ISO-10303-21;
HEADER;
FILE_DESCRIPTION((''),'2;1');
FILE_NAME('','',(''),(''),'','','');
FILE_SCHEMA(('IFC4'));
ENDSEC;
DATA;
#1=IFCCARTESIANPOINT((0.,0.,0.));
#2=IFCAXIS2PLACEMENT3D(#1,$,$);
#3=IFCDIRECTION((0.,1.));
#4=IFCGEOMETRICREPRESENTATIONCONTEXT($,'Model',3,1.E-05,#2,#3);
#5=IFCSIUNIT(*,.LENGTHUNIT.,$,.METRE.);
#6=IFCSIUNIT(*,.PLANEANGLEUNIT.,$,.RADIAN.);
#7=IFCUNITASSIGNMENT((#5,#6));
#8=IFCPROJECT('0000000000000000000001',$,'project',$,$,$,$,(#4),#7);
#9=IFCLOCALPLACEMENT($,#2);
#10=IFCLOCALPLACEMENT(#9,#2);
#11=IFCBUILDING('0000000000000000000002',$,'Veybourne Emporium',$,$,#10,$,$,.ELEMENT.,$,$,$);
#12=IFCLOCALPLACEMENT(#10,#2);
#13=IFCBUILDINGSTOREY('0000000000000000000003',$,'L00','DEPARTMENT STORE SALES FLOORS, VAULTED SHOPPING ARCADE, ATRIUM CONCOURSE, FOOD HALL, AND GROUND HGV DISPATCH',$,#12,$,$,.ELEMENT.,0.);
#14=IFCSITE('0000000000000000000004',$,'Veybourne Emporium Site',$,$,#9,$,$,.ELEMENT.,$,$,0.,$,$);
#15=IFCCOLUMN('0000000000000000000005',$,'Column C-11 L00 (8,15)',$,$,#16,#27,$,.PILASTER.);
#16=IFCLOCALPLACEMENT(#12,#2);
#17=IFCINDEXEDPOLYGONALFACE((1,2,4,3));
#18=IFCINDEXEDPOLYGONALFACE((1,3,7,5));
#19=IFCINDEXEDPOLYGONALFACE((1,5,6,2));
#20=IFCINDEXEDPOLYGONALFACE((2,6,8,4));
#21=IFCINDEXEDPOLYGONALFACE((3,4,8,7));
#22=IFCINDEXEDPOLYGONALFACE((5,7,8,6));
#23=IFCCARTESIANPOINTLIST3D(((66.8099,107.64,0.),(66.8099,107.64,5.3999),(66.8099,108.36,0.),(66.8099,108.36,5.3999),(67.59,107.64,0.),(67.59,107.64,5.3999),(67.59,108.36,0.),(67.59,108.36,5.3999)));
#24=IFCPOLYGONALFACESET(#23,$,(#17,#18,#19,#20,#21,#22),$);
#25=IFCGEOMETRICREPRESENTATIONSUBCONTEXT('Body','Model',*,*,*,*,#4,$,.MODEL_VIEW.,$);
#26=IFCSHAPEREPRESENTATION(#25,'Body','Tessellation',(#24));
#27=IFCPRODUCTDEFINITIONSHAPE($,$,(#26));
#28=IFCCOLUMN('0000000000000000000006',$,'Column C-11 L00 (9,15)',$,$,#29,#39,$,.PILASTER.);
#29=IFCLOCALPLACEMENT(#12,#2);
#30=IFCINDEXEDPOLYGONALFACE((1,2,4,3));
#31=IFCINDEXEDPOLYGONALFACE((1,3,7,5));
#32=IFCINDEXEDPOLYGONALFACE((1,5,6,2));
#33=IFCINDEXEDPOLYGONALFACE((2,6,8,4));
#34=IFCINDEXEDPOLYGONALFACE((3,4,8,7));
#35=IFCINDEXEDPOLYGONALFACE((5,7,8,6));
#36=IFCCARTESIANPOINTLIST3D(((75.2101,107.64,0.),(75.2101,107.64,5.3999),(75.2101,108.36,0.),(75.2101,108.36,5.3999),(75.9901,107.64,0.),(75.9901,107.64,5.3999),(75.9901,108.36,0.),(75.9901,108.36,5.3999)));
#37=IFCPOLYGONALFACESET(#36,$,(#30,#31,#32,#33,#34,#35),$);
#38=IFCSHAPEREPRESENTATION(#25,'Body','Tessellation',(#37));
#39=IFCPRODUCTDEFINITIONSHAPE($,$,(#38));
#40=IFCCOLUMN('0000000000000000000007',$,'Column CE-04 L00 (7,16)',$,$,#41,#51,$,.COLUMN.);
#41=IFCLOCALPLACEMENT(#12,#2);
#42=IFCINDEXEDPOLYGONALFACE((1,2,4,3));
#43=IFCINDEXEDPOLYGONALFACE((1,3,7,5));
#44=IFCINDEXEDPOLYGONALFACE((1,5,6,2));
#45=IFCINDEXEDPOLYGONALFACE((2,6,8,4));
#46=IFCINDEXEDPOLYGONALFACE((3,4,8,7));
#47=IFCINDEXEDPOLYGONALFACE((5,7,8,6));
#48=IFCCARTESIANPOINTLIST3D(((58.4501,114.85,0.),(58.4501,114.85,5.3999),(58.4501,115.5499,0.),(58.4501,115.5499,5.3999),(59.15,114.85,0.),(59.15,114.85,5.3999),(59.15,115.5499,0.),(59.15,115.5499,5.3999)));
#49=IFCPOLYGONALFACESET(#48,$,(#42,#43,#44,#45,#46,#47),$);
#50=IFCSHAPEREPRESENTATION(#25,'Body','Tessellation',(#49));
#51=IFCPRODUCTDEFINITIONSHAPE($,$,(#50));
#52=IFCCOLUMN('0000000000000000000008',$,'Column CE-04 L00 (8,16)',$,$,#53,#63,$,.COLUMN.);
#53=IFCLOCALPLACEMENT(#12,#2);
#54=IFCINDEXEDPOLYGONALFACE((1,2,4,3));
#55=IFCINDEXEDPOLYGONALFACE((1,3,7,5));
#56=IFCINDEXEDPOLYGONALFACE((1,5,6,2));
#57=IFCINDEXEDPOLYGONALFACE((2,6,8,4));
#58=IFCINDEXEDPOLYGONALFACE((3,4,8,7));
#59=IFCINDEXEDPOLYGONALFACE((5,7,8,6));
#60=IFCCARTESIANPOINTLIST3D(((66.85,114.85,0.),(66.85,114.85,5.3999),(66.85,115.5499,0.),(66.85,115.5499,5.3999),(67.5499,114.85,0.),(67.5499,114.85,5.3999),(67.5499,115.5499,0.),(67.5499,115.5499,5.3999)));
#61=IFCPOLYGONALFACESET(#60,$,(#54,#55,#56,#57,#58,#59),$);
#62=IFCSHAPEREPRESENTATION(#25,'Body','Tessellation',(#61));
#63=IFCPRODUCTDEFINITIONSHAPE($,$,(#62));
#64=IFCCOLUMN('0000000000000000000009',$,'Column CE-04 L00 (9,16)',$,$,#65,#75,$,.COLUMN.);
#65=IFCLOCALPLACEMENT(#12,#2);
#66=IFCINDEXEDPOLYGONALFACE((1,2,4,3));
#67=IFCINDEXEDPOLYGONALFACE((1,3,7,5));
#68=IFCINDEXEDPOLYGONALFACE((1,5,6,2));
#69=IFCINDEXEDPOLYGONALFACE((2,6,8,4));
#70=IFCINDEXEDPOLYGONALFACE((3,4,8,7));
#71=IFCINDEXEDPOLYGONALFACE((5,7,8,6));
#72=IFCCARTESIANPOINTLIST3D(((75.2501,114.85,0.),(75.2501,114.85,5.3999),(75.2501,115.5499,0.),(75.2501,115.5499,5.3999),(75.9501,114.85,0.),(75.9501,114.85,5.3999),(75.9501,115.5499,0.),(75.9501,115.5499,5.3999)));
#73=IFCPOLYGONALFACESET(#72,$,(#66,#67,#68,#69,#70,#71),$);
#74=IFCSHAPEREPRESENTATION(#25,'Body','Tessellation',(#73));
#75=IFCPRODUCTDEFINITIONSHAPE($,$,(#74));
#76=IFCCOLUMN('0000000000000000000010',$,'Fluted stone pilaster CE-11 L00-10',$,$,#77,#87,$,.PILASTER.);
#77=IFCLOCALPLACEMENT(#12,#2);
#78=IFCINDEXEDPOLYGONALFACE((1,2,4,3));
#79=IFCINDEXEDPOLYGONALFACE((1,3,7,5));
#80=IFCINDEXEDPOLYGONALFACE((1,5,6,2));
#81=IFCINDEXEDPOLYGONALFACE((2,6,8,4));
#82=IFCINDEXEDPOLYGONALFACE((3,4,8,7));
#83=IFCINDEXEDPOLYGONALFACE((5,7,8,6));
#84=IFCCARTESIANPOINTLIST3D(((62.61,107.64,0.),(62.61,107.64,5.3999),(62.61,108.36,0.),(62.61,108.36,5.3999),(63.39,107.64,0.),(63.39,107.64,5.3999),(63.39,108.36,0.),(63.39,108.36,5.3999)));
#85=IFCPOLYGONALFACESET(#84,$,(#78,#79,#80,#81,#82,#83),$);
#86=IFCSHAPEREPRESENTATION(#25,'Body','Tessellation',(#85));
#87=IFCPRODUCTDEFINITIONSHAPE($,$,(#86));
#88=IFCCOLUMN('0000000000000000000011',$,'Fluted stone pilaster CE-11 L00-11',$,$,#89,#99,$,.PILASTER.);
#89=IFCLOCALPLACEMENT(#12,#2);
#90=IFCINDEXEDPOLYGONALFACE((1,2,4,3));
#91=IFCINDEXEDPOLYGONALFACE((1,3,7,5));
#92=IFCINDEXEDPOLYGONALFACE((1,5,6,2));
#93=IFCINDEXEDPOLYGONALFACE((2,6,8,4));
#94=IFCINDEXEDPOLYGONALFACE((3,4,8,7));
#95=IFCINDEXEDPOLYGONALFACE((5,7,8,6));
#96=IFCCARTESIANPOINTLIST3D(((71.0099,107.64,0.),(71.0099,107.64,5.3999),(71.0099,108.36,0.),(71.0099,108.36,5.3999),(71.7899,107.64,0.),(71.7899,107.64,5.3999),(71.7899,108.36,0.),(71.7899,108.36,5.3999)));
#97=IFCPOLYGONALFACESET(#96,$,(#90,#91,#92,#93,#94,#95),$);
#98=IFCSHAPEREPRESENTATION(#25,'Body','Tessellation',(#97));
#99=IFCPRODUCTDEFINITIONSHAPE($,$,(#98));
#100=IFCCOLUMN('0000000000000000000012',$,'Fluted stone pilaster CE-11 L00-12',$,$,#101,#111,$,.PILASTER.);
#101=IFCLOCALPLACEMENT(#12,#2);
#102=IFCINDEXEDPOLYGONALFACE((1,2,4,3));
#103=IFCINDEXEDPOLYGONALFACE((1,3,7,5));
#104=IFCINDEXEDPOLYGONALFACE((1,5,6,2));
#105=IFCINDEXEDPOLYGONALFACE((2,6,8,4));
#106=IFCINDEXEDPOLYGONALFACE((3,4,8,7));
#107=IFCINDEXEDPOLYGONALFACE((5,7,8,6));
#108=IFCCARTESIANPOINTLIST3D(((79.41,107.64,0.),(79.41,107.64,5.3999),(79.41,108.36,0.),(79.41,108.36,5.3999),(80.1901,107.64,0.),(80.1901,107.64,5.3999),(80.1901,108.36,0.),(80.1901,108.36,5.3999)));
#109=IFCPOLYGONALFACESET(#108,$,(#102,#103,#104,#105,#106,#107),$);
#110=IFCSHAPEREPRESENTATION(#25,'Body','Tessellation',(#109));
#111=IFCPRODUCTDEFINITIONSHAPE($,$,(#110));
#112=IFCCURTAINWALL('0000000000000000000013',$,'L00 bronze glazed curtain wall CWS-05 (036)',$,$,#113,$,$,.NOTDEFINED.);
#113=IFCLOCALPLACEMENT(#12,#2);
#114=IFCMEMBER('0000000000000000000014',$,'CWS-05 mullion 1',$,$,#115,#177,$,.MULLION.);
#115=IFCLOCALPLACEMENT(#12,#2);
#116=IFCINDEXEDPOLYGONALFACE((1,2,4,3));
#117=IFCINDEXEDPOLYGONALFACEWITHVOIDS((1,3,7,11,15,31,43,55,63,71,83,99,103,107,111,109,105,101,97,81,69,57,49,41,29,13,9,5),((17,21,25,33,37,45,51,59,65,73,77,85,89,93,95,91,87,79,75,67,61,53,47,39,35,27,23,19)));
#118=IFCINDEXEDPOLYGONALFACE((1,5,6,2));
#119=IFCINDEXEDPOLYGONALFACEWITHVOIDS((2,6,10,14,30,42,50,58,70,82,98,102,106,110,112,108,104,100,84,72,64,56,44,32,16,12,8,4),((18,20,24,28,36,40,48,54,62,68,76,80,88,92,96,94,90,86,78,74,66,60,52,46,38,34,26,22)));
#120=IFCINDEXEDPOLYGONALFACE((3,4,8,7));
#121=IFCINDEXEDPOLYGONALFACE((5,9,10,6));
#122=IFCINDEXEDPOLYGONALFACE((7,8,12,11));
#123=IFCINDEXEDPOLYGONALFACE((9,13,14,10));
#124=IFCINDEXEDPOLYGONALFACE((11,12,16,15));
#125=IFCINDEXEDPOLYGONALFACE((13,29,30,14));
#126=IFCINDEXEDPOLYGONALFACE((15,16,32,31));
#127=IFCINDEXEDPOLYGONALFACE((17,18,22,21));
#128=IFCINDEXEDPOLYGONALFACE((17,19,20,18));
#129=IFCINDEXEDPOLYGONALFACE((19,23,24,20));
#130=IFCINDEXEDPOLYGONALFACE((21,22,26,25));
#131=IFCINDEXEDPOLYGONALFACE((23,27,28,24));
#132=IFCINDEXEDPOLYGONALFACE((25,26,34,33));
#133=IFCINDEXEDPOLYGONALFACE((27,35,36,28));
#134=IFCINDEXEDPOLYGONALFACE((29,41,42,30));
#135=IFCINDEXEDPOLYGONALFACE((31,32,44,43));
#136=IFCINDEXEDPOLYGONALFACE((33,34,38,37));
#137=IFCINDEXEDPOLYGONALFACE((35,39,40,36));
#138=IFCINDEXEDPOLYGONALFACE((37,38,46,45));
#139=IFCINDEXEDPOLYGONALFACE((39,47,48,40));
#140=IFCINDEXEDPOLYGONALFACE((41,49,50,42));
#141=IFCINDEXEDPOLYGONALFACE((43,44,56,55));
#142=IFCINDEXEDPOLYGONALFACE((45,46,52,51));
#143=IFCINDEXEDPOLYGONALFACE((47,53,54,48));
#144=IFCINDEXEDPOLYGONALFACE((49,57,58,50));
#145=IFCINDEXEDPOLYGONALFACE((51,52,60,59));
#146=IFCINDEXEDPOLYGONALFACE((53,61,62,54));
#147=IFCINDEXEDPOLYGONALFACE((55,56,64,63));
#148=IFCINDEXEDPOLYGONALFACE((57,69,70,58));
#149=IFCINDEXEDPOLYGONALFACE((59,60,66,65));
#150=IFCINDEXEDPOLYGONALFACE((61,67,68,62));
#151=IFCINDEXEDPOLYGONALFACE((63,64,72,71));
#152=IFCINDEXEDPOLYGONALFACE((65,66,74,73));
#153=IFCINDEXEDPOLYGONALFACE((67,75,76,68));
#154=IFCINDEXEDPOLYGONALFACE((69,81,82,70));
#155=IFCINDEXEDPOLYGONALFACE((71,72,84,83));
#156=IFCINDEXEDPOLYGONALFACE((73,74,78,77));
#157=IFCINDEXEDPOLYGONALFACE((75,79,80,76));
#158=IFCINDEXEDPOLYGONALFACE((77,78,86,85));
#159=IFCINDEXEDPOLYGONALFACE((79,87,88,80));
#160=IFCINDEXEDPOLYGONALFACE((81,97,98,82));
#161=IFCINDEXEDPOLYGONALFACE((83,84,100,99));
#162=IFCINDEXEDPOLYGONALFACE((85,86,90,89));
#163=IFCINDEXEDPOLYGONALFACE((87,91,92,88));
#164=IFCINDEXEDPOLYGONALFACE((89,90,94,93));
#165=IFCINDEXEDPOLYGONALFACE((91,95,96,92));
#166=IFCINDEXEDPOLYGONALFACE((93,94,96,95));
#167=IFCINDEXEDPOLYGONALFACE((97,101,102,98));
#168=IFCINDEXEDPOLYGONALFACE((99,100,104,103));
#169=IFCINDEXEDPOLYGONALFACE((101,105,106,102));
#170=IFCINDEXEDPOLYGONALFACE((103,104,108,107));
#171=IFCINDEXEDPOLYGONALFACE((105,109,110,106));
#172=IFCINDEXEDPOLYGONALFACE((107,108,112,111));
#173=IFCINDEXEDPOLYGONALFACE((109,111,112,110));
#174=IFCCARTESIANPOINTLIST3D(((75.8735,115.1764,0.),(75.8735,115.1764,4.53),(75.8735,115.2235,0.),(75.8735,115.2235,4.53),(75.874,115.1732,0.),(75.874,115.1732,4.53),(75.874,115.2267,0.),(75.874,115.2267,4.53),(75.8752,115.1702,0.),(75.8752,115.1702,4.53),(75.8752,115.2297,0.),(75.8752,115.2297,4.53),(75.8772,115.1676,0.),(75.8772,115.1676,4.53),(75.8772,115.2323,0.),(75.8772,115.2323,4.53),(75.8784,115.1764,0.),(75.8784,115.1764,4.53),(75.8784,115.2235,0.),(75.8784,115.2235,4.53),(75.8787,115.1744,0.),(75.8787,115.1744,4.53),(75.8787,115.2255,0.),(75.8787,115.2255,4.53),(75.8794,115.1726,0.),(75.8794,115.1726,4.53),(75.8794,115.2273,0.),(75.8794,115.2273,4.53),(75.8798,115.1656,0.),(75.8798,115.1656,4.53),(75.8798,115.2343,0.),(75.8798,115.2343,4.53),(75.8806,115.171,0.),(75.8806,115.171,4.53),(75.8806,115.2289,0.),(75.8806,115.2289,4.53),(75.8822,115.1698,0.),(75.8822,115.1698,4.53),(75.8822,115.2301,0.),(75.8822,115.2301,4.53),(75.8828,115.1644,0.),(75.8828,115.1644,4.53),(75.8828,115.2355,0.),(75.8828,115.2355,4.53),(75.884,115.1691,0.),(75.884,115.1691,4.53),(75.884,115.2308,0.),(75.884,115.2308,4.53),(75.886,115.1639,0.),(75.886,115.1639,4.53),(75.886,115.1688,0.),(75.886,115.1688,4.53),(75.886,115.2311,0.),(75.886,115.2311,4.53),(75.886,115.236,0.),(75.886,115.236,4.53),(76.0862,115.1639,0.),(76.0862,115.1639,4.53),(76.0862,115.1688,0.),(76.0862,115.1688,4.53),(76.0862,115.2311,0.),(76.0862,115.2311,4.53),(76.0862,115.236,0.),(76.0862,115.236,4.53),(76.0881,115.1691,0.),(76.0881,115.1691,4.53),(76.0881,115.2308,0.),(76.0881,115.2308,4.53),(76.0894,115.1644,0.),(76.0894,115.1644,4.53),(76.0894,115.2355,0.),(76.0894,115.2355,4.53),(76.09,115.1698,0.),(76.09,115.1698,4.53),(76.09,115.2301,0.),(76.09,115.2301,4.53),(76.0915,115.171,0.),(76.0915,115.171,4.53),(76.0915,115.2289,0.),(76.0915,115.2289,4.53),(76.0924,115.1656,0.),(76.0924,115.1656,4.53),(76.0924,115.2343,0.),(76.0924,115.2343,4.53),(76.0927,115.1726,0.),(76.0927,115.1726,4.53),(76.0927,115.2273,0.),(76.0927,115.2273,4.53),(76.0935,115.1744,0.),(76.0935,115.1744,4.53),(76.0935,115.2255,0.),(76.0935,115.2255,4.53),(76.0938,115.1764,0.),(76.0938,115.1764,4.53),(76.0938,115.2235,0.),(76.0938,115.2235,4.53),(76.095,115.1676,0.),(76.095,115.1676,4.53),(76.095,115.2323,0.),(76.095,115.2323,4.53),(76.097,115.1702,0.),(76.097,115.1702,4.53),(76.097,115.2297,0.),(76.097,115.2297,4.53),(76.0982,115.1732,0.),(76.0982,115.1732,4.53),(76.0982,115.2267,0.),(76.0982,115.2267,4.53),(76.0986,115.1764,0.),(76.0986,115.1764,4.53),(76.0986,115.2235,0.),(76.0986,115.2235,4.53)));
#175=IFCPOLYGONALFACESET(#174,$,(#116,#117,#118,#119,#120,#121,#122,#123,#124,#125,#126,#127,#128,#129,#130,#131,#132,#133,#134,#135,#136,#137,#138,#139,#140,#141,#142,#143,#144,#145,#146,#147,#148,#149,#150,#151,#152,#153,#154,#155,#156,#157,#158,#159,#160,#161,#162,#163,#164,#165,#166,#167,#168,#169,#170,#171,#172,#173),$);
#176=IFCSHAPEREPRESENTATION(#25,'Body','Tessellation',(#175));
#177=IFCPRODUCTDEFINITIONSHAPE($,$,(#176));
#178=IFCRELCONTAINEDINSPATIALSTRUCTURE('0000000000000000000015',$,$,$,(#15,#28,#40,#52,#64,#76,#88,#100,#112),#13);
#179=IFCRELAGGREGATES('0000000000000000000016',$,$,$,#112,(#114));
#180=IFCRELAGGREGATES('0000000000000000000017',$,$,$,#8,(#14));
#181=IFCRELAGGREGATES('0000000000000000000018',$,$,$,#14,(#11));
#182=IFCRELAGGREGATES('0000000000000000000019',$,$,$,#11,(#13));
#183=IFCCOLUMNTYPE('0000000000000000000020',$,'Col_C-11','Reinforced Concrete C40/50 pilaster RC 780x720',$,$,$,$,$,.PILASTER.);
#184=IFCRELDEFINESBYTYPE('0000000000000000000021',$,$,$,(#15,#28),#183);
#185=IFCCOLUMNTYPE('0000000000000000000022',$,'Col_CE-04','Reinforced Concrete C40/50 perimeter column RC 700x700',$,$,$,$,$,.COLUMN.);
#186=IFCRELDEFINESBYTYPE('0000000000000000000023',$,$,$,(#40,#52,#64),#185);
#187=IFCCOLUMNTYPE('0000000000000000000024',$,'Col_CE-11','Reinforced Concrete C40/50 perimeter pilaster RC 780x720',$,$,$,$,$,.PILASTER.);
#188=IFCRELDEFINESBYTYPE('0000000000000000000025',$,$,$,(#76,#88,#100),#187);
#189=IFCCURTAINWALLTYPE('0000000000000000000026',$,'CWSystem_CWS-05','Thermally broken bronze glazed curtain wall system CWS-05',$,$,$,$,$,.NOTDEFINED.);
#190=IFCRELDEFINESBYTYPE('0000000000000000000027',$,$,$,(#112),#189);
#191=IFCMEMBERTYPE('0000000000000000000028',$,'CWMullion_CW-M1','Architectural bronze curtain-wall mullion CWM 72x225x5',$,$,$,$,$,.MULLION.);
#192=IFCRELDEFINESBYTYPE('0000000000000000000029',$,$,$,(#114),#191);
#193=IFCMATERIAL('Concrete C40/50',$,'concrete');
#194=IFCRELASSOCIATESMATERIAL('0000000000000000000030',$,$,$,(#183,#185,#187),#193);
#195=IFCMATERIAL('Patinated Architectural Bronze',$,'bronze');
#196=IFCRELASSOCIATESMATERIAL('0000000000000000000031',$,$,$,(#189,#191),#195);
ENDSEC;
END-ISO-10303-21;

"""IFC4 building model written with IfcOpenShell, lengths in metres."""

from ifc_helpers import new_model, si_unit, direction, frame, origin, origin_2d, place, context, subcontext, project, spatial, rectangle, hollow_rectangle, extrude, material, material_profile, profile_set, type_object, element, aggregate, save


model = new_model("IFC4")

# Units and contexts
model_context = context("Model", 3, precision=1e-05, world=origin(), true_north=direction((0.0, 1.0)))
body_context = subcontext(model_context, "Body", "Model", "MODEL_VIEW")
ifc_project = project(units=[si_unit("LENGTHUNIT", "METRE"), si_unit("PLANEANGLEUNIT", "RADIAN")], contexts=[model_context])

# Site, building, storey
site_placement = place(None, origin())
site = spatial("IfcSite", under=ifc_project, at=site_placement, Name="Veybourne Emporium Site", CompositionType="ELEMENT", RefElevation=0.0)
building_placement = place(site_placement, origin())
building = spatial("IfcBuilding", under=site, at=building_placement, Name="Veybourne Emporium", CompositionType="ELEMENT")
storey_placement = place(building_placement, origin())
storey = spatial("IfcBuildingStorey", under=building, at=storey_placement, Name="L00", Description="DEPARTMENT STORE SALES FLOORS, VAULTED SHOPPING ARCADE, ATRIUM CONCOURSE, FOOD HALL, AND GROUND HGV DISPATCH", CompositionType="ELEMENT", Elevation=0.0)

# Columns
ifc_material_1 = material(Name="Concrete C40/50", Category="concrete")
ifc_material_profile_1 = material_profile(ifc_material_1, rectangle(XDim=0.78, YDim=0.72, at=origin_2d()), Name="RC 780x720")
ifc_profile_set_1 = profile_set([ifc_material_profile_1], Name="Concrete C40/50")
column_type_1 = type_object("IfcColumnType", Name="Col_C-11", Description="Reinforced Concrete C40/50 pilaster RC 780x720", PredefinedType="PILASTER", material=ifc_profile_set_1)
for number, where, z_axis, x_axis, name in (
    (1, (67.2, 108.0, 0.0), (0.0, 0.0, 1.0), (1.0, 0.0, 0.0), "Column C-11 L00 (8,15)"),
    (2, (75.6001, 108.0, 0.0), (0.0, 0.0, 1.0), (1.0, 0.0, 0.0), "Column C-11 L00 (9,15)"),
):
    element("IfcColumn", number, at=place(storey_placement, frame(where, z_axis=z_axis, x_axis=x_axis)), inside=storey, type_object=column_type_1, Name=name, PredefinedType="PILASTER", context=body_context, shape_type="SweptSolid", body=[
        extrude(rectangle(XDim=0.78, YDim=0.72, at=origin_2d()), origin(), (0.0, 0.0, 1.0), 5.3999),
    ])
ifc_material_profile_2 = material_profile(ifc_material_1, rectangle(XDim=0.7, YDim=0.7, at=origin_2d()), Name="RC 700x700")
ifc_profile_set_2 = profile_set([ifc_material_profile_2], Name="Concrete C40/50")
column_type_2 = type_object("IfcColumnType", Name="Col_CE-04", Description="Reinforced Concrete C40/50 perimeter column RC 700x700", PredefinedType="COLUMN", material=ifc_profile_set_2)
for number, where, z_axis, x_axis, name in (
    (3, (58.8, 115.2, 0.0), (0.0, 0.0, 1.0), (1.0, 0.0, 0.0), "Column CE-04 L00 (7,16)"),
    (4, (67.2, 115.2, 0.0), (0.0, 0.0, 1.0), (1.0, 0.0, 0.0), "Column CE-04 L00 (8,16)"),
    (5, (75.6001, 115.2, 0.0), (0.0, 0.0, 1.0), (1.0, 0.0, 0.0), "Column CE-04 L00 (9,16)"),
):
    element("IfcColumn", number, at=place(storey_placement, frame(where, z_axis=z_axis, x_axis=x_axis)), inside=storey, type_object=column_type_2, Name=name, PredefinedType="COLUMN", context=body_context, shape_type="SweptSolid", body=[
        extrude(rectangle(XDim=0.7, YDim=0.7, at=origin_2d()), origin(), (0.0, 0.0, 1.0), 5.3999),
    ])
ifc_material_profile_3 = material_profile(ifc_material_1, rectangle(XDim=0.78, YDim=0.72, at=origin_2d()), Name="RC 780x720")
ifc_profile_set_3 = profile_set([ifc_material_profile_3], Name="Concrete C40/50")
column_type_3 = type_object("IfcColumnType", Name="Col_CE-11", Description="Reinforced Concrete C40/50 perimeter pilaster RC 780x720", PredefinedType="PILASTER", material=ifc_profile_set_3)
for number, where, z_axis, x_axis, name in (
    (6, (63.0, 108.0, 0.0), (0.0, 0.0, 1.0), (1.0, 0.0, 0.0), "Fluted stone pilaster CE-11 L00-10"),
    (7, (71.3999, 108.0, 0.0), (0.0, 0.0, 1.0), (1.0, 0.0, 0.0), "Fluted stone pilaster CE-11 L00-11"),
    (8, (79.8, 108.0, 0.0), (0.0, 0.0, 1.0), (1.0, 0.0, 0.0), "Fluted stone pilaster CE-11 L00-12"),
):
    element("IfcColumn", number, at=place(storey_placement, frame(where, z_axis=z_axis, x_axis=x_axis)), inside=storey, type_object=column_type_3, Name=name, PredefinedType="PILASTER", context=body_context, shape_type="SweptSolid", body=[
        extrude(rectangle(XDim=0.78, YDim=0.72, at=origin_2d()), origin(), (0.0, 0.0, 1.0), 5.3999),
    ])

# Curtain wall, member
ifc_material_2 = material(Name="Patinated Architectural Bronze", Category="bronze")
curtain_wall_type = type_object("IfcCurtainWallType", Name="CWSystem_CWS-05", Description="Thermally broken bronze glazed curtain wall system CWS-05", PredefinedType="NOTDEFINED", material=ifc_material_2)
curtain_wall_placement = place(storey_placement, origin())
curtain_wall = element("IfcCurtainWall", 9, at=curtain_wall_placement, inside=storey, type_object=curtain_wall_type, Name="L00 bronze glazed curtain wall CWS-05 (036)", PredefinedType="NOTDEFINED")
ifc_material_profile_4 = material_profile(ifc_material_2, hollow_rectangle(XDim=0.072, YDim=0.2251, WallThickness=0.0049, InnerFilletRadius=0.0076, OuterFilletRadius=0.0125, at=origin_2d()), Name="CWM 72x225x5")
ifc_profile_set_4 = profile_set([ifc_material_profile_4], Name="Patinated Architectural Bronze")
member_type_1 = type_object("IfcMemberType", Name="CWMullion_CW-M1", Description="Architectural bronze curtain-wall mullion CWM 72x225x5", PredefinedType="MULLION", material=ifc_profile_set_4)
member_1_placement = place(storey_placement, frame((75.9861, 115.2, 0.0), z_axis=(0.0, 0.0, 1.0), x_axis=(0.0, 1.0, 0.0)))
member_1 = element("IfcMember", 10, at=member_1_placement, type_object=member_type_1, Name="CWS-05 mullion 1", PredefinedType="MULLION", context=body_context, shape_type="SweptSolid", body=[
    extrude(hollow_rectangle(XDim=0.072, YDim=0.2251, WallThickness=0.0049, InnerFilletRadius=0.0076, OuterFilletRadius=0.0125, at=origin_2d()), origin(), (0.0, 0.0, 1.0), 4.53),
])

aggregate(curtain_wall, [member_1])

save(model, "model.ifc")
